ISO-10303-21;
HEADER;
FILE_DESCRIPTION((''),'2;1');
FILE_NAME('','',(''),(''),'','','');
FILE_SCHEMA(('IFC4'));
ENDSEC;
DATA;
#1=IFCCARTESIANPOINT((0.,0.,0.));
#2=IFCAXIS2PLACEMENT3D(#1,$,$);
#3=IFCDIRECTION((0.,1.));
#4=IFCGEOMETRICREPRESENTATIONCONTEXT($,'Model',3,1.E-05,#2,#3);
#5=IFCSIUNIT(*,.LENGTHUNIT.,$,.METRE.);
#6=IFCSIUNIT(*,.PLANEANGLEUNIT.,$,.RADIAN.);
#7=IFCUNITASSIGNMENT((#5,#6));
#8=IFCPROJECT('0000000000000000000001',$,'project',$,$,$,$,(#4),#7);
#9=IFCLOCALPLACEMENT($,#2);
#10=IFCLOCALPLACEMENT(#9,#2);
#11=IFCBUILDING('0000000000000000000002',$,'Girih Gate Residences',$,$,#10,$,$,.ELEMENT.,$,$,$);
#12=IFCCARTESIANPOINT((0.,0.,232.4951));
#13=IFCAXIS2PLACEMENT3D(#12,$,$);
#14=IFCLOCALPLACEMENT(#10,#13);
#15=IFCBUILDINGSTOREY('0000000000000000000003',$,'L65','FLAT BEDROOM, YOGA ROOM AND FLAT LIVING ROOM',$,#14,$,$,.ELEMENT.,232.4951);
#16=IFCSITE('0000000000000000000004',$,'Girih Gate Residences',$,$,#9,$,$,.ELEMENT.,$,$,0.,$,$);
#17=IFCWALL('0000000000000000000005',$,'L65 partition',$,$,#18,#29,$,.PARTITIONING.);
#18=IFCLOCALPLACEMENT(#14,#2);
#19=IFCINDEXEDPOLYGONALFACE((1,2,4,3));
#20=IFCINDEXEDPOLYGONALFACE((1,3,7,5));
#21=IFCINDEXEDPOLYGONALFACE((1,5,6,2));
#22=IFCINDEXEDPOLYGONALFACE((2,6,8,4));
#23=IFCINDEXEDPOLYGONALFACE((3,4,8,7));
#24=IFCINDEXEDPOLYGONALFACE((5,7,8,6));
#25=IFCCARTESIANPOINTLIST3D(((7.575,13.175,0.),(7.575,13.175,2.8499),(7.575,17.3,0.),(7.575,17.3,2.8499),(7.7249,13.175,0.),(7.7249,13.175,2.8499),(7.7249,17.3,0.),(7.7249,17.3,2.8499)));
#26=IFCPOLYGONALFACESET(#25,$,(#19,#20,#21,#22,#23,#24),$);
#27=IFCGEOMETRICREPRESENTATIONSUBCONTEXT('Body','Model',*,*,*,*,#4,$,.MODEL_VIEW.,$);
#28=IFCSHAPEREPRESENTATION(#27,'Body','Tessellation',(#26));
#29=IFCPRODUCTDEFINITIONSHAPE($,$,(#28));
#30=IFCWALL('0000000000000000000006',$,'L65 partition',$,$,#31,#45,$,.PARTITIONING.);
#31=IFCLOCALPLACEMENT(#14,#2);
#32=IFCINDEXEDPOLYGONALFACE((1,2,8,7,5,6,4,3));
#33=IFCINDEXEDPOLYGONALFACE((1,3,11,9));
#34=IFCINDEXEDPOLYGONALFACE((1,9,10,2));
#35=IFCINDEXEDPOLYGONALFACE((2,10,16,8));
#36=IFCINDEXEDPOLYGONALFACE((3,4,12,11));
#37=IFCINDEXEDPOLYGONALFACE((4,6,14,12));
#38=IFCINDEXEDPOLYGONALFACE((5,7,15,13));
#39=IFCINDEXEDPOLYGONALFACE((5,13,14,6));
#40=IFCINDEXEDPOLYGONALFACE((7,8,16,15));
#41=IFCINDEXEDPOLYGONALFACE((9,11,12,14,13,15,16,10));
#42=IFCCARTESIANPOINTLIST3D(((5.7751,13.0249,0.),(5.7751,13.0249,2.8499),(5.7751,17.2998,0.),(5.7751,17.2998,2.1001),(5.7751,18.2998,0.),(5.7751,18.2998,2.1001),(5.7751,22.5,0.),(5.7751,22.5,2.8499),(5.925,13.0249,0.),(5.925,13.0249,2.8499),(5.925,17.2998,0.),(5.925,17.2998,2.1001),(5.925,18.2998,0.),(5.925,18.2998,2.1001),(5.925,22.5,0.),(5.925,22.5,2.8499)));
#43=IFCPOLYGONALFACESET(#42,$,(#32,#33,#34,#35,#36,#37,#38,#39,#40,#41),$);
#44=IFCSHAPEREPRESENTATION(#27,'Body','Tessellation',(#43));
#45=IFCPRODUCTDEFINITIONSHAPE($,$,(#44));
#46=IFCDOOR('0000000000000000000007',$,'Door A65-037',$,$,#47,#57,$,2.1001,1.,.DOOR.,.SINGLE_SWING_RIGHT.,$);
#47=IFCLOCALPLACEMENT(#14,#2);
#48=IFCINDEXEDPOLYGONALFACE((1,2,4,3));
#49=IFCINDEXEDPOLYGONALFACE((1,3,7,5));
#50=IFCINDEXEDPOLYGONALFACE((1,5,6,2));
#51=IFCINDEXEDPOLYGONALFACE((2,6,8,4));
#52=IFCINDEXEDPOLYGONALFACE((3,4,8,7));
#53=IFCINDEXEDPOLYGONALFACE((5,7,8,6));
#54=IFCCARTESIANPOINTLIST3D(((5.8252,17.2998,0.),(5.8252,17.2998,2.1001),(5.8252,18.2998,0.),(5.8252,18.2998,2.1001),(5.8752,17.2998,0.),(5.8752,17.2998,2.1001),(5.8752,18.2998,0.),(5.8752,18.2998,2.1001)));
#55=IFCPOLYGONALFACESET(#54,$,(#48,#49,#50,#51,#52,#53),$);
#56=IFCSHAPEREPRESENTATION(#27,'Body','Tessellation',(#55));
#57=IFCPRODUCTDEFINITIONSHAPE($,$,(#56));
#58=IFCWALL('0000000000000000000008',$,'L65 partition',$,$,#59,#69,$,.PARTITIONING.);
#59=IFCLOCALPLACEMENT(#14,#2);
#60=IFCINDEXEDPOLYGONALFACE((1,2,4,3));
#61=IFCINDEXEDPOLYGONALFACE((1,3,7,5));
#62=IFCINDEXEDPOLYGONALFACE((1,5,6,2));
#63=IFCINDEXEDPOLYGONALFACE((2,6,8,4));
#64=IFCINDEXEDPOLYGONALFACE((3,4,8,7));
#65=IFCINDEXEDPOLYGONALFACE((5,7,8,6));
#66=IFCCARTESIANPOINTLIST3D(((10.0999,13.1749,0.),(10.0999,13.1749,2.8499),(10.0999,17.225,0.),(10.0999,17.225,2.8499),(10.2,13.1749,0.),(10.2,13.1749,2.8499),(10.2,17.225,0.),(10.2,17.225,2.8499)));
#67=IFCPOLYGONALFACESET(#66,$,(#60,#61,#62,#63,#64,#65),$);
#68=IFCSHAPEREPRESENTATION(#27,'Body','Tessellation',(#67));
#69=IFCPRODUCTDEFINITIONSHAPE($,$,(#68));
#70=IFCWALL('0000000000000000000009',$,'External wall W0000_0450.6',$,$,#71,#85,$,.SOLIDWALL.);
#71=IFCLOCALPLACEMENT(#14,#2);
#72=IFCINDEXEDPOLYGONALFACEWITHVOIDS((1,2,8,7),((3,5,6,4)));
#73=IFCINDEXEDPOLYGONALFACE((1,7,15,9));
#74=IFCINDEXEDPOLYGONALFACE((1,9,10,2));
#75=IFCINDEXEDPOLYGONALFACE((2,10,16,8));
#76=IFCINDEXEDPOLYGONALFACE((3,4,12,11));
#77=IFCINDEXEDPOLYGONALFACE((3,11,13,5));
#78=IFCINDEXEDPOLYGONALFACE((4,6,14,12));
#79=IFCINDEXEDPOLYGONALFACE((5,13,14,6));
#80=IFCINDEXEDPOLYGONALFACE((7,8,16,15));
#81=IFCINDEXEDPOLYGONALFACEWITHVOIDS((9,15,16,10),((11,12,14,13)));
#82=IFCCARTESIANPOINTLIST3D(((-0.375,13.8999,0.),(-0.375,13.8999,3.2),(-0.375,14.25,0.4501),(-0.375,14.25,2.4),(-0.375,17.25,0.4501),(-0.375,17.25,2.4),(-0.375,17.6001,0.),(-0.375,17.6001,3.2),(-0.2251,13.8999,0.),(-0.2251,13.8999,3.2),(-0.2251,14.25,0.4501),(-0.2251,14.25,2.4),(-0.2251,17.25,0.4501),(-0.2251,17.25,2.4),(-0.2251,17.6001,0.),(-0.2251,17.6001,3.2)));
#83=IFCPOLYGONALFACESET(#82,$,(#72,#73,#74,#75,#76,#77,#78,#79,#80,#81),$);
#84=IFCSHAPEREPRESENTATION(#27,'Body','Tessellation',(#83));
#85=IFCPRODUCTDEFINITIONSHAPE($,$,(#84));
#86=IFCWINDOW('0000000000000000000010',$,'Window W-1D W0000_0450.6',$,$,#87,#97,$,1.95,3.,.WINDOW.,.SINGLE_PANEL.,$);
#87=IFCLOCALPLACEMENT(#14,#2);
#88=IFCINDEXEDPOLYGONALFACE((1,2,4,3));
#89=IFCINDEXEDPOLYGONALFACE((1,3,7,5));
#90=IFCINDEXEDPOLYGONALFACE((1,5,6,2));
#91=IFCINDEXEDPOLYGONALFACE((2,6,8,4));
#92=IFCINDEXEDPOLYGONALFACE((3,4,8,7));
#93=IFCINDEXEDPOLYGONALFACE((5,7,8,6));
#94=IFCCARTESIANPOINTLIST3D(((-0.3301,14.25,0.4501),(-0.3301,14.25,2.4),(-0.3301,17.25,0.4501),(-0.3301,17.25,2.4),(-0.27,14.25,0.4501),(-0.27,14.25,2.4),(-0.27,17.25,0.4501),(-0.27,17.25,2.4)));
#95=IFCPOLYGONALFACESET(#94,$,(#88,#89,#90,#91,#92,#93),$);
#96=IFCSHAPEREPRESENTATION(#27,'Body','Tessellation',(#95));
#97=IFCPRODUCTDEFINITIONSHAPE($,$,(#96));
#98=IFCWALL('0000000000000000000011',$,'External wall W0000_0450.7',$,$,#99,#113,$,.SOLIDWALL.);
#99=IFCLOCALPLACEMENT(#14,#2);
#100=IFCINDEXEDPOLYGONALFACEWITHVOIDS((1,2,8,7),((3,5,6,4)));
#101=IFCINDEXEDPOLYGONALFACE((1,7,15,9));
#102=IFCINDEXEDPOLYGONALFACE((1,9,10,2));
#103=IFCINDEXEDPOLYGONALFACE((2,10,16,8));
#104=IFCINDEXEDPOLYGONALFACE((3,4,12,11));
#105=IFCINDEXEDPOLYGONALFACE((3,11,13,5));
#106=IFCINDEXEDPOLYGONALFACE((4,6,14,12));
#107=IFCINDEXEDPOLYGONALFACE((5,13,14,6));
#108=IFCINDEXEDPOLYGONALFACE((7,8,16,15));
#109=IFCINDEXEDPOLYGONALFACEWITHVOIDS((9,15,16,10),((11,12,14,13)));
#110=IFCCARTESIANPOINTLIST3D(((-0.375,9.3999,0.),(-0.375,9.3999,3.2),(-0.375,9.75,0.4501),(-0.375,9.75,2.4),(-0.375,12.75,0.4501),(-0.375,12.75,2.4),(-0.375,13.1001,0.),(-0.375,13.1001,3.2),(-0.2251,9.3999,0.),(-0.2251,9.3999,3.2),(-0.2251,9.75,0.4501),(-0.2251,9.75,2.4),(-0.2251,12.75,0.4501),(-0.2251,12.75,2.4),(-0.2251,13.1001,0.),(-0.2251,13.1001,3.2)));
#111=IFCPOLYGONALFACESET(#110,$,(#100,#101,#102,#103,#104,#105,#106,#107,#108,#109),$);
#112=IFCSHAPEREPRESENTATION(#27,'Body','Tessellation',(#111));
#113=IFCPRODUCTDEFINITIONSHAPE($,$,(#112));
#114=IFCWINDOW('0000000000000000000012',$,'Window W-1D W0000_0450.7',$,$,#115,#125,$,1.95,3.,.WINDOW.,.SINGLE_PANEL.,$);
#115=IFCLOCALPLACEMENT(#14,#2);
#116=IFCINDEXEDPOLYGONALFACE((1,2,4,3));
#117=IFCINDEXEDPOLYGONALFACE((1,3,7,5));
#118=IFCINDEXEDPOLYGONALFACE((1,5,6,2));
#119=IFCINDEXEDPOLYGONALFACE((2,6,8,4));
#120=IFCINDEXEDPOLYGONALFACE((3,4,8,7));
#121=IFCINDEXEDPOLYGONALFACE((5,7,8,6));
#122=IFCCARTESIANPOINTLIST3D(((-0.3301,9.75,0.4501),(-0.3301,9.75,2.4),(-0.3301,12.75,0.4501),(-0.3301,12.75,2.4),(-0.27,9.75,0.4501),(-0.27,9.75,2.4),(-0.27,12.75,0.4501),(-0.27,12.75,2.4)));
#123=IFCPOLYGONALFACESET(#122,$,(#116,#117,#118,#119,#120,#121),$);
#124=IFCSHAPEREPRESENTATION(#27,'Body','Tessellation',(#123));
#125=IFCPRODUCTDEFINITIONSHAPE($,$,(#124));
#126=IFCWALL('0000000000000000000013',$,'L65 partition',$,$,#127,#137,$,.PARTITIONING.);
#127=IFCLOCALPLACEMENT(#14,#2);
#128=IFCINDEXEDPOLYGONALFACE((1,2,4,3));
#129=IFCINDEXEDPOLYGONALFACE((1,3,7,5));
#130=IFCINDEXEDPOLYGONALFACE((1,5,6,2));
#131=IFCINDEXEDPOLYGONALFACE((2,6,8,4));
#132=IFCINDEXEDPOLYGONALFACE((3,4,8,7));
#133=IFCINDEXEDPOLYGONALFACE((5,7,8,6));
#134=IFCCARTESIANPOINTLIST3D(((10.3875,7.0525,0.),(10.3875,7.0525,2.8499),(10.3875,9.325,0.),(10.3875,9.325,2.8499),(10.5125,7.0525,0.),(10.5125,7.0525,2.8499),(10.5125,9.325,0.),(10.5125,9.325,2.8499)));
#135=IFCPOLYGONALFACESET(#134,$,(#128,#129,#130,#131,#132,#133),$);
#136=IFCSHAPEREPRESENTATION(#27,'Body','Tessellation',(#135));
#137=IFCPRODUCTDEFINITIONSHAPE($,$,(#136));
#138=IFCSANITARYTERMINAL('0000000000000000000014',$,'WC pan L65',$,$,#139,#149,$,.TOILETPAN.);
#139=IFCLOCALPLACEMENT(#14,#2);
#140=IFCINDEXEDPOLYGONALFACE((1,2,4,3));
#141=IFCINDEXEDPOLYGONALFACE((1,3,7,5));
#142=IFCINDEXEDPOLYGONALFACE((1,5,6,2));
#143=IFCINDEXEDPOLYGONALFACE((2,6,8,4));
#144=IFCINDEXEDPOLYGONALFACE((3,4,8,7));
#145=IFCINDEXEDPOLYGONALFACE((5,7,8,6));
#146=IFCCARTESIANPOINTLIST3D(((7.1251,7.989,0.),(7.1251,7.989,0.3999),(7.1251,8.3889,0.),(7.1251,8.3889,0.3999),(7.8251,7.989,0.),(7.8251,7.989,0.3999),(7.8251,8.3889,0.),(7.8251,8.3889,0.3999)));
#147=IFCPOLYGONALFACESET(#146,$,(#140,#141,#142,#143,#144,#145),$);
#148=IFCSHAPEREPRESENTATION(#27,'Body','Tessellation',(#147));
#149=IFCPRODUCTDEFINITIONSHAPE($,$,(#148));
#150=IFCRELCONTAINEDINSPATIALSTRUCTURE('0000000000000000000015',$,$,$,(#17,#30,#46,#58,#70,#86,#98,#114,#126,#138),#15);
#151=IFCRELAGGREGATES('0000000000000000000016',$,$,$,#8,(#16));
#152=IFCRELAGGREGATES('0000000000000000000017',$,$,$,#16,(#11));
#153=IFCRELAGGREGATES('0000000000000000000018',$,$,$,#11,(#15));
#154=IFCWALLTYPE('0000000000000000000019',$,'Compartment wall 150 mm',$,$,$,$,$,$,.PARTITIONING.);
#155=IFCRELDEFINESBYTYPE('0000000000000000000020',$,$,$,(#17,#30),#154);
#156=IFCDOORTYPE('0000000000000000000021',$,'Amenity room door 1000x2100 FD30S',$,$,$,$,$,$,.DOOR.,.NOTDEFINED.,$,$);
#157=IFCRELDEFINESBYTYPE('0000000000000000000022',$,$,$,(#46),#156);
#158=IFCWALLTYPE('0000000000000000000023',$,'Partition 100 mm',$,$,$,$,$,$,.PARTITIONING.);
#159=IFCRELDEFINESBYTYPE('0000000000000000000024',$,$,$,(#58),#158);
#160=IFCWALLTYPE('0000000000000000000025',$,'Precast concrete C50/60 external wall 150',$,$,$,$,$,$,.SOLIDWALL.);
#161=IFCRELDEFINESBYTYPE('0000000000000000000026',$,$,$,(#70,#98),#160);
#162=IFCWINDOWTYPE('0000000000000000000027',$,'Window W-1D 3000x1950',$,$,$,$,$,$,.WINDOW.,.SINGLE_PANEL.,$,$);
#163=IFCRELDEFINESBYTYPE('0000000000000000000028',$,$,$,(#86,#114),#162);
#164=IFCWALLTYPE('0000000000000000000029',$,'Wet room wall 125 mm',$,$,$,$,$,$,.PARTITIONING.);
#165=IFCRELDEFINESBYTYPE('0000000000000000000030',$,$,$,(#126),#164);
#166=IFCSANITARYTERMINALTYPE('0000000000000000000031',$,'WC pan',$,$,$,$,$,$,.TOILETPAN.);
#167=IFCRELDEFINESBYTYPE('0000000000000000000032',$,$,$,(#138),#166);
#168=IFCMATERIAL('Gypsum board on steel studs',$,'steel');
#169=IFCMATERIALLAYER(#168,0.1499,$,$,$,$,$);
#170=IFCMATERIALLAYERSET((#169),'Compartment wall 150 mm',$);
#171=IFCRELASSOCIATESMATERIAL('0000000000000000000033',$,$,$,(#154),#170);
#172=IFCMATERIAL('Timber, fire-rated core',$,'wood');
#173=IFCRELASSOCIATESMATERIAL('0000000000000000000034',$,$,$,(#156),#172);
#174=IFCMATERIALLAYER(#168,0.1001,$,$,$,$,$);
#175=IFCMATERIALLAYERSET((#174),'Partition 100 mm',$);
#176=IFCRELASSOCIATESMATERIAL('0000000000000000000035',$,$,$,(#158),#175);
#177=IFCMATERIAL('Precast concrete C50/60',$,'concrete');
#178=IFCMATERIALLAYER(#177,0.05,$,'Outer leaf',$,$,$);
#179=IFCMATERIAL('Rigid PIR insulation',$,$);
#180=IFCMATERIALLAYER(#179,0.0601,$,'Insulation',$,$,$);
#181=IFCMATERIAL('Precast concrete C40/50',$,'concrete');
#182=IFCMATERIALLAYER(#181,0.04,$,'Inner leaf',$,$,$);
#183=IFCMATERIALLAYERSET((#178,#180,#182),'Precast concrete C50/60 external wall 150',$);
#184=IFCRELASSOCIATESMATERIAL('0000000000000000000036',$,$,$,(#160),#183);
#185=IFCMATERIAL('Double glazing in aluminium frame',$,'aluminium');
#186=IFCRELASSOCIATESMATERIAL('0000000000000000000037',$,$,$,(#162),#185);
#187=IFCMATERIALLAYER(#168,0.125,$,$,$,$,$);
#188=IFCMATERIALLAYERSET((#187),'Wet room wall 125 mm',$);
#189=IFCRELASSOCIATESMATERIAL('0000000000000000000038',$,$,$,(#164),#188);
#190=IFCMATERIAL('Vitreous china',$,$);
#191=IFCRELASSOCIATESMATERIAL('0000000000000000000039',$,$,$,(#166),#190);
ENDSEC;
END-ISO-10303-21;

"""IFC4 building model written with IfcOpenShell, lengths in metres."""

from ifc_helpers import new_model, si_unit, direction, frame, frame_2d, origin, origin_2d, place, context, subcontext, project, spatial, rectangle, extrude, material, layer, layer_set, type_object, element, fill, save


model = new_model("IFC4")

# Units and contexts
model_context = context("Model", 3, precision=1e-05, world=origin(), true_north=direction((0.0, 1.0)))
body_context = subcontext(model_context, "Body", "Model", "MODEL_VIEW")
ifc_project = project(units=[si_unit("LENGTHUNIT", "METRE"), si_unit("PLANEANGLEUNIT", "RADIAN")], contexts=[model_context])

# Site, building, storey
site_placement = place(None, origin())
site = spatial("IfcSite", under=ifc_project, at=site_placement, Name="Girih Gate Residences", CompositionType="ELEMENT", RefElevation=0.0)
building_placement = place(site_placement, origin())
building = spatial("IfcBuilding", under=site, at=building_placement, Name="Girih Gate Residences", CompositionType="ELEMENT")
storey_placement = place(building_placement, frame((0.0, 0.0, 232.4951)))
storey = spatial("IfcBuildingStorey", under=building, at=storey_placement, Name="L65", Description="FLAT BEDROOM, YOGA ROOM AND FLAT LIVING ROOM", CompositionType="ELEMENT", Elevation=232.4951)

# Shared definitions
ifc_material_1 = material(Name="Gypsum board on steel studs", Category="steel")
ifc_layer_1 = layer(ifc_material_1, 0.1499)
ifc_layer_set_1 = layer_set([ifc_layer_1], Name="Compartment wall 150 mm")
wall_type_1 = type_object("IfcWallType", Name="Compartment wall 150 mm", PredefinedType="PARTITIONING", material=ifc_layer_set_1)
ifc_material_2 = material(Name="Timber, fire-rated core", Category="wood")

# Wall
wall_1_placement = place(storey_placement, frame((7.6499, 13.175, 0.0), z_axis=(0.0, 0.0, 1.0), x_axis=(0.0, 1.0, 0.0)))
element("IfcWall", 1, at=wall_1_placement, inside=storey, type_object=wall_type_1, Name="L65 partition", PredefinedType="PARTITIONING", context=body_context, shape_type="SweptSolid", body=[
    extrude(rectangle(XDim=4.125, YDim=0.1499, at=frame_2d((2.0625, 0.0))), origin(), (0.0, 0.0, 1.0), 2.8499),
])

# Wall, opening, door
wall_2_placement = place(storey_placement, frame((5.8501, 13.0249, 0.0), z_axis=(0.0, 0.0, 1.0), x_axis=(0.0, 1.0, 0.0)))
wall_2 = element("IfcWall", 2, at=wall_2_placement, inside=storey, type_object=wall_type_1, Name="L65 partition", PredefinedType="PARTITIONING", context=body_context, shape_type="SweptSolid", body=[
    extrude(rectangle(XDim=9.4751, YDim=0.1499, at=frame_2d((4.7375, 0.0))), origin(), (0.0, 0.0, 1.0), 2.8499),
])
opening_1_placement = place(wall_2_placement, frame((4.2749, 0.0, 0.0)))
opening_1 = element("IfcOpeningElement", 3, at=opening_1_placement, cuts=wall_2, PredefinedType="OPENING", context=body_context, shape_type="SweptSolid", body=[
    extrude(rectangle(XDim=1.0, YDim=2.1001, at=frame_2d((0.5, 1.05))), frame((0.0, 0.085, 0.0), z_axis=(0.0, -1.0, 0.0), x_axis=(1.0, 0.0, 0.0)), (0.0, 0.0, 1.0), 0.1699),
])
door_type_1 = type_object("IfcDoorType", Name="Amenity room door 1000x2100 FD30S", OperationType="NOTDEFINED", PredefinedType="DOOR", material=ifc_material_2)
door_1_placement = place(opening_1_placement, origin())
door_1 = element("IfcDoor", 4, at=door_1_placement, inside=storey, type_object=door_type_1, Name="Door A65-037", OperationType="SINGLE_SWING_RIGHT", OverallHeight=2.1001, OverallWidth=1.0, PredefinedType="DOOR", context=body_context, shape_type="SweptSolid", body=[
    extrude(rectangle(XDim=1.0, YDim=2.1001, at=frame_2d((0.5, 1.05))), frame((0.0, 0.0249, 0.0), z_axis=(0.0, -1.0, 0.0), x_axis=(1.0, 0.0, 0.0)), (0.0, 0.0, 1.0), 0.05),
])
fill(opening_1, door_1)

# Wall
ifc_layer_2 = layer(ifc_material_1, 0.1001)
ifc_layer_set_2 = layer_set([ifc_layer_2], Name="Partition 100 mm")
wall_type_2 = type_object("IfcWallType", Name="Partition 100 mm", PredefinedType="PARTITIONING", material=ifc_layer_set_2)
wall_3_placement = place(storey_placement, frame((10.1499, 13.175, 0.0), z_axis=(0.0, 0.0, 1.0), x_axis=(0.0, 1.0, 0.0)))
element("IfcWall", 5, at=wall_3_placement, inside=storey, type_object=wall_type_2, Name="L65 partition", PredefinedType="PARTITIONING", context=body_context, shape_type="SweptSolid", body=[
    extrude(rectangle(XDim=4.05, YDim=0.1001, at=frame_2d((2.0249, 0.0))), origin(), (0.0, 0.0, 1.0), 2.8499),
])

# Walls, openings, windows
ifc_material_3 = material(Name="Precast concrete C50/60", Category="concrete")
ifc_layer_3 = layer(ifc_material_3, 0.05, Name="Outer leaf")
ifc_material_4 = material(Name="Rigid PIR insulation")
ifc_layer_4 = layer(ifc_material_4, 0.0601, Name="Insulation")
ifc_material_5 = material(Name="Precast concrete C40/50", Category="concrete")
ifc_layer_5 = layer(ifc_material_5, 0.04, Name="Inner leaf")
ifc_layer_set_3 = layer_set([ifc_layer_3, ifc_layer_4, ifc_layer_5], Name="Precast concrete C50/60 external wall 150")
wall_type_3 = type_object("IfcWallType", Name="Precast concrete C50/60 external wall 150", PredefinedType="SOLIDWALL", material=ifc_layer_set_3)
wall_4_placement = place(storey_placement, frame((-0.3, 13.8999, 0.0), z_axis=(0.0, 0.0, 1.0), x_axis=(0.0, 1.0, 0.0)))
wall_4 = element("IfcWall", 6, at=wall_4_placement, inside=storey, type_object=wall_type_3, Name="External wall W0000_0450.6", PredefinedType="SOLIDWALL", context=body_context, shape_type="SweptSolid", body=[
    extrude(rectangle(XDim=3.7002, YDim=0.1499, at=frame_2d((1.8501, 0.0))), origin(), (0.0, 0.0, 1.0), 3.2),
])
opening_2_placement = place(wall_4_placement, frame((0.3501, 0.0, 0.45)))
opening_2 = element("IfcOpeningElement", 7, at=opening_2_placement, cuts=wall_4, PredefinedType="OPENING", context=body_context, shape_type="SweptSolid", body=[
    extrude(rectangle(XDim=3.0, YDim=1.95, at=frame_2d((1.5, 0.9751))), frame((0.0, 0.085, 0.0), z_axis=(0.0, -1.0, 0.0), x_axis=(1.0, 0.0, 0.0)), (0.0, 0.0, 1.0), 0.1699),
])
ifc_material_6 = material(Name="Double glazing in aluminium frame", Category="aluminium")
window_type = type_object("IfcWindowType", Name="Window W-1D 3000x1950", PartitioningType="SINGLE_PANEL", PredefinedType="WINDOW", material=ifc_material_6)
window_1_placement = place(opening_2_placement, origin())
window_1 = element("IfcWindow", 8, at=window_1_placement, inside=storey, type_object=window_type, Name="Window W-1D W0000_0450.6", OverallHeight=1.95, OverallWidth=3.0, PartitioningType="SINGLE_PANEL", PredefinedType="WINDOW", context=body_context, shape_type="SweptSolid", body=[
    extrude(rectangle(XDim=3.0, YDim=1.95, at=frame_2d((1.5, 0.9751))), frame((0.0, 0.03, 0.0), z_axis=(0.0, -1.0, 0.0), x_axis=(1.0, 0.0, 0.0)), (0.0, 0.0, 1.0), 0.0601),
])
fill(opening_2, window_1)
wall_5_placement = place(storey_placement, frame((-0.3, 9.3999, 0.0), z_axis=(0.0, 0.0, 1.0), x_axis=(0.0, 1.0, 0.0)))
wall_5 = element("IfcWall", 9, at=wall_5_placement, inside=storey, type_object=wall_type_3, Name="External wall W0000_0450.7", PredefinedType="SOLIDWALL", context=body_context, shape_type="SweptSolid", body=[
    extrude(rectangle(XDim=3.7002, YDim=0.1499, at=frame_2d((1.8501, 0.0))), origin(), (0.0, 0.0, 1.0), 3.2),
])
opening_3_placement = place(wall_5_placement, frame((0.3501, 0.0, 0.45)))
opening_3 = element("IfcOpeningElement", 10, at=opening_3_placement, cuts=wall_5, PredefinedType="OPENING", context=body_context, shape_type="SweptSolid", body=[
    extrude(rectangle(XDim=3.0, YDim=1.95, at=frame_2d((1.5, 0.9751))), frame((0.0, 0.085, 0.0), z_axis=(0.0, -1.0, 0.0), x_axis=(1.0, 0.0, 0.0)), (0.0, 0.0, 1.0), 0.1699),
])
window_2_placement = place(opening_3_placement, origin())
window_2 = element("IfcWindow", 11, at=window_2_placement, inside=storey, type_object=window_type, Name="Window W-1D W0000_0450.7", OverallHeight=1.95, OverallWidth=3.0, PartitioningType="SINGLE_PANEL", PredefinedType="WINDOW", context=body_context, shape_type="SweptSolid", body=[
    extrude(rectangle(XDim=3.0, YDim=1.95, at=frame_2d((1.5, 0.9751))), frame((0.0, 0.03, 0.0), z_axis=(0.0, -1.0, 0.0), x_axis=(1.0, 0.0, 0.0)), (0.0, 0.0, 1.0), 0.0601),
])
fill(opening_3, window_2)

# Wall
ifc_layer_6 = layer(ifc_material_1, 0.125)
ifc_layer_set_4 = layer_set([ifc_layer_6], Name="Wet room wall 125 mm")
wall_type_4 = type_object("IfcWallType", Name="Wet room wall 125 mm", PredefinedType="PARTITIONING", material=ifc_layer_set_4)
wall_6_placement = place(storey_placement, frame((10.45, 7.0525, 0.0), z_axis=(0.0, 0.0, 1.0), x_axis=(0.0, 1.0, 0.0)))
element("IfcWall", 12, at=wall_6_placement, inside=storey, type_object=wall_type_4, Name="L65 partition", PredefinedType="PARTITIONING", context=body_context, shape_type="SweptSolid", body=[
    extrude(rectangle(XDim=2.2725, YDim=0.125, at=frame_2d((1.1362, 0.0))), origin(), (0.0, 0.0, 1.0), 2.8499),
])

# Sanitary terminal
ifc_material_7 = material(Name="Vitreous china")
sanitary_terminal_type = type_object("IfcSanitaryTerminalType", Name="WC pan", PredefinedType="TOILETPAN", material=ifc_material_7)
sanitary_terminal_placement = place(storey_placement, frame((7.4751, 8.189, 0.0), z_axis=(0.0, 0.0, 1.0), x_axis=(1.0, 0.0, 0.0)))
element("IfcSanitaryTerminal", 13, at=sanitary_terminal_placement, inside=storey, type_object=sanitary_terminal_type, Name="WC pan L65", PredefinedType="TOILETPAN", context=body_context, shape_type="SweptSolid", body=[
    extrude(rectangle(XDim=0.7, YDim=0.3999, at=origin_2d()), origin(), (0.0, 0.0, 1.0), 0.3999),
])

save(model, "model.ifc")
